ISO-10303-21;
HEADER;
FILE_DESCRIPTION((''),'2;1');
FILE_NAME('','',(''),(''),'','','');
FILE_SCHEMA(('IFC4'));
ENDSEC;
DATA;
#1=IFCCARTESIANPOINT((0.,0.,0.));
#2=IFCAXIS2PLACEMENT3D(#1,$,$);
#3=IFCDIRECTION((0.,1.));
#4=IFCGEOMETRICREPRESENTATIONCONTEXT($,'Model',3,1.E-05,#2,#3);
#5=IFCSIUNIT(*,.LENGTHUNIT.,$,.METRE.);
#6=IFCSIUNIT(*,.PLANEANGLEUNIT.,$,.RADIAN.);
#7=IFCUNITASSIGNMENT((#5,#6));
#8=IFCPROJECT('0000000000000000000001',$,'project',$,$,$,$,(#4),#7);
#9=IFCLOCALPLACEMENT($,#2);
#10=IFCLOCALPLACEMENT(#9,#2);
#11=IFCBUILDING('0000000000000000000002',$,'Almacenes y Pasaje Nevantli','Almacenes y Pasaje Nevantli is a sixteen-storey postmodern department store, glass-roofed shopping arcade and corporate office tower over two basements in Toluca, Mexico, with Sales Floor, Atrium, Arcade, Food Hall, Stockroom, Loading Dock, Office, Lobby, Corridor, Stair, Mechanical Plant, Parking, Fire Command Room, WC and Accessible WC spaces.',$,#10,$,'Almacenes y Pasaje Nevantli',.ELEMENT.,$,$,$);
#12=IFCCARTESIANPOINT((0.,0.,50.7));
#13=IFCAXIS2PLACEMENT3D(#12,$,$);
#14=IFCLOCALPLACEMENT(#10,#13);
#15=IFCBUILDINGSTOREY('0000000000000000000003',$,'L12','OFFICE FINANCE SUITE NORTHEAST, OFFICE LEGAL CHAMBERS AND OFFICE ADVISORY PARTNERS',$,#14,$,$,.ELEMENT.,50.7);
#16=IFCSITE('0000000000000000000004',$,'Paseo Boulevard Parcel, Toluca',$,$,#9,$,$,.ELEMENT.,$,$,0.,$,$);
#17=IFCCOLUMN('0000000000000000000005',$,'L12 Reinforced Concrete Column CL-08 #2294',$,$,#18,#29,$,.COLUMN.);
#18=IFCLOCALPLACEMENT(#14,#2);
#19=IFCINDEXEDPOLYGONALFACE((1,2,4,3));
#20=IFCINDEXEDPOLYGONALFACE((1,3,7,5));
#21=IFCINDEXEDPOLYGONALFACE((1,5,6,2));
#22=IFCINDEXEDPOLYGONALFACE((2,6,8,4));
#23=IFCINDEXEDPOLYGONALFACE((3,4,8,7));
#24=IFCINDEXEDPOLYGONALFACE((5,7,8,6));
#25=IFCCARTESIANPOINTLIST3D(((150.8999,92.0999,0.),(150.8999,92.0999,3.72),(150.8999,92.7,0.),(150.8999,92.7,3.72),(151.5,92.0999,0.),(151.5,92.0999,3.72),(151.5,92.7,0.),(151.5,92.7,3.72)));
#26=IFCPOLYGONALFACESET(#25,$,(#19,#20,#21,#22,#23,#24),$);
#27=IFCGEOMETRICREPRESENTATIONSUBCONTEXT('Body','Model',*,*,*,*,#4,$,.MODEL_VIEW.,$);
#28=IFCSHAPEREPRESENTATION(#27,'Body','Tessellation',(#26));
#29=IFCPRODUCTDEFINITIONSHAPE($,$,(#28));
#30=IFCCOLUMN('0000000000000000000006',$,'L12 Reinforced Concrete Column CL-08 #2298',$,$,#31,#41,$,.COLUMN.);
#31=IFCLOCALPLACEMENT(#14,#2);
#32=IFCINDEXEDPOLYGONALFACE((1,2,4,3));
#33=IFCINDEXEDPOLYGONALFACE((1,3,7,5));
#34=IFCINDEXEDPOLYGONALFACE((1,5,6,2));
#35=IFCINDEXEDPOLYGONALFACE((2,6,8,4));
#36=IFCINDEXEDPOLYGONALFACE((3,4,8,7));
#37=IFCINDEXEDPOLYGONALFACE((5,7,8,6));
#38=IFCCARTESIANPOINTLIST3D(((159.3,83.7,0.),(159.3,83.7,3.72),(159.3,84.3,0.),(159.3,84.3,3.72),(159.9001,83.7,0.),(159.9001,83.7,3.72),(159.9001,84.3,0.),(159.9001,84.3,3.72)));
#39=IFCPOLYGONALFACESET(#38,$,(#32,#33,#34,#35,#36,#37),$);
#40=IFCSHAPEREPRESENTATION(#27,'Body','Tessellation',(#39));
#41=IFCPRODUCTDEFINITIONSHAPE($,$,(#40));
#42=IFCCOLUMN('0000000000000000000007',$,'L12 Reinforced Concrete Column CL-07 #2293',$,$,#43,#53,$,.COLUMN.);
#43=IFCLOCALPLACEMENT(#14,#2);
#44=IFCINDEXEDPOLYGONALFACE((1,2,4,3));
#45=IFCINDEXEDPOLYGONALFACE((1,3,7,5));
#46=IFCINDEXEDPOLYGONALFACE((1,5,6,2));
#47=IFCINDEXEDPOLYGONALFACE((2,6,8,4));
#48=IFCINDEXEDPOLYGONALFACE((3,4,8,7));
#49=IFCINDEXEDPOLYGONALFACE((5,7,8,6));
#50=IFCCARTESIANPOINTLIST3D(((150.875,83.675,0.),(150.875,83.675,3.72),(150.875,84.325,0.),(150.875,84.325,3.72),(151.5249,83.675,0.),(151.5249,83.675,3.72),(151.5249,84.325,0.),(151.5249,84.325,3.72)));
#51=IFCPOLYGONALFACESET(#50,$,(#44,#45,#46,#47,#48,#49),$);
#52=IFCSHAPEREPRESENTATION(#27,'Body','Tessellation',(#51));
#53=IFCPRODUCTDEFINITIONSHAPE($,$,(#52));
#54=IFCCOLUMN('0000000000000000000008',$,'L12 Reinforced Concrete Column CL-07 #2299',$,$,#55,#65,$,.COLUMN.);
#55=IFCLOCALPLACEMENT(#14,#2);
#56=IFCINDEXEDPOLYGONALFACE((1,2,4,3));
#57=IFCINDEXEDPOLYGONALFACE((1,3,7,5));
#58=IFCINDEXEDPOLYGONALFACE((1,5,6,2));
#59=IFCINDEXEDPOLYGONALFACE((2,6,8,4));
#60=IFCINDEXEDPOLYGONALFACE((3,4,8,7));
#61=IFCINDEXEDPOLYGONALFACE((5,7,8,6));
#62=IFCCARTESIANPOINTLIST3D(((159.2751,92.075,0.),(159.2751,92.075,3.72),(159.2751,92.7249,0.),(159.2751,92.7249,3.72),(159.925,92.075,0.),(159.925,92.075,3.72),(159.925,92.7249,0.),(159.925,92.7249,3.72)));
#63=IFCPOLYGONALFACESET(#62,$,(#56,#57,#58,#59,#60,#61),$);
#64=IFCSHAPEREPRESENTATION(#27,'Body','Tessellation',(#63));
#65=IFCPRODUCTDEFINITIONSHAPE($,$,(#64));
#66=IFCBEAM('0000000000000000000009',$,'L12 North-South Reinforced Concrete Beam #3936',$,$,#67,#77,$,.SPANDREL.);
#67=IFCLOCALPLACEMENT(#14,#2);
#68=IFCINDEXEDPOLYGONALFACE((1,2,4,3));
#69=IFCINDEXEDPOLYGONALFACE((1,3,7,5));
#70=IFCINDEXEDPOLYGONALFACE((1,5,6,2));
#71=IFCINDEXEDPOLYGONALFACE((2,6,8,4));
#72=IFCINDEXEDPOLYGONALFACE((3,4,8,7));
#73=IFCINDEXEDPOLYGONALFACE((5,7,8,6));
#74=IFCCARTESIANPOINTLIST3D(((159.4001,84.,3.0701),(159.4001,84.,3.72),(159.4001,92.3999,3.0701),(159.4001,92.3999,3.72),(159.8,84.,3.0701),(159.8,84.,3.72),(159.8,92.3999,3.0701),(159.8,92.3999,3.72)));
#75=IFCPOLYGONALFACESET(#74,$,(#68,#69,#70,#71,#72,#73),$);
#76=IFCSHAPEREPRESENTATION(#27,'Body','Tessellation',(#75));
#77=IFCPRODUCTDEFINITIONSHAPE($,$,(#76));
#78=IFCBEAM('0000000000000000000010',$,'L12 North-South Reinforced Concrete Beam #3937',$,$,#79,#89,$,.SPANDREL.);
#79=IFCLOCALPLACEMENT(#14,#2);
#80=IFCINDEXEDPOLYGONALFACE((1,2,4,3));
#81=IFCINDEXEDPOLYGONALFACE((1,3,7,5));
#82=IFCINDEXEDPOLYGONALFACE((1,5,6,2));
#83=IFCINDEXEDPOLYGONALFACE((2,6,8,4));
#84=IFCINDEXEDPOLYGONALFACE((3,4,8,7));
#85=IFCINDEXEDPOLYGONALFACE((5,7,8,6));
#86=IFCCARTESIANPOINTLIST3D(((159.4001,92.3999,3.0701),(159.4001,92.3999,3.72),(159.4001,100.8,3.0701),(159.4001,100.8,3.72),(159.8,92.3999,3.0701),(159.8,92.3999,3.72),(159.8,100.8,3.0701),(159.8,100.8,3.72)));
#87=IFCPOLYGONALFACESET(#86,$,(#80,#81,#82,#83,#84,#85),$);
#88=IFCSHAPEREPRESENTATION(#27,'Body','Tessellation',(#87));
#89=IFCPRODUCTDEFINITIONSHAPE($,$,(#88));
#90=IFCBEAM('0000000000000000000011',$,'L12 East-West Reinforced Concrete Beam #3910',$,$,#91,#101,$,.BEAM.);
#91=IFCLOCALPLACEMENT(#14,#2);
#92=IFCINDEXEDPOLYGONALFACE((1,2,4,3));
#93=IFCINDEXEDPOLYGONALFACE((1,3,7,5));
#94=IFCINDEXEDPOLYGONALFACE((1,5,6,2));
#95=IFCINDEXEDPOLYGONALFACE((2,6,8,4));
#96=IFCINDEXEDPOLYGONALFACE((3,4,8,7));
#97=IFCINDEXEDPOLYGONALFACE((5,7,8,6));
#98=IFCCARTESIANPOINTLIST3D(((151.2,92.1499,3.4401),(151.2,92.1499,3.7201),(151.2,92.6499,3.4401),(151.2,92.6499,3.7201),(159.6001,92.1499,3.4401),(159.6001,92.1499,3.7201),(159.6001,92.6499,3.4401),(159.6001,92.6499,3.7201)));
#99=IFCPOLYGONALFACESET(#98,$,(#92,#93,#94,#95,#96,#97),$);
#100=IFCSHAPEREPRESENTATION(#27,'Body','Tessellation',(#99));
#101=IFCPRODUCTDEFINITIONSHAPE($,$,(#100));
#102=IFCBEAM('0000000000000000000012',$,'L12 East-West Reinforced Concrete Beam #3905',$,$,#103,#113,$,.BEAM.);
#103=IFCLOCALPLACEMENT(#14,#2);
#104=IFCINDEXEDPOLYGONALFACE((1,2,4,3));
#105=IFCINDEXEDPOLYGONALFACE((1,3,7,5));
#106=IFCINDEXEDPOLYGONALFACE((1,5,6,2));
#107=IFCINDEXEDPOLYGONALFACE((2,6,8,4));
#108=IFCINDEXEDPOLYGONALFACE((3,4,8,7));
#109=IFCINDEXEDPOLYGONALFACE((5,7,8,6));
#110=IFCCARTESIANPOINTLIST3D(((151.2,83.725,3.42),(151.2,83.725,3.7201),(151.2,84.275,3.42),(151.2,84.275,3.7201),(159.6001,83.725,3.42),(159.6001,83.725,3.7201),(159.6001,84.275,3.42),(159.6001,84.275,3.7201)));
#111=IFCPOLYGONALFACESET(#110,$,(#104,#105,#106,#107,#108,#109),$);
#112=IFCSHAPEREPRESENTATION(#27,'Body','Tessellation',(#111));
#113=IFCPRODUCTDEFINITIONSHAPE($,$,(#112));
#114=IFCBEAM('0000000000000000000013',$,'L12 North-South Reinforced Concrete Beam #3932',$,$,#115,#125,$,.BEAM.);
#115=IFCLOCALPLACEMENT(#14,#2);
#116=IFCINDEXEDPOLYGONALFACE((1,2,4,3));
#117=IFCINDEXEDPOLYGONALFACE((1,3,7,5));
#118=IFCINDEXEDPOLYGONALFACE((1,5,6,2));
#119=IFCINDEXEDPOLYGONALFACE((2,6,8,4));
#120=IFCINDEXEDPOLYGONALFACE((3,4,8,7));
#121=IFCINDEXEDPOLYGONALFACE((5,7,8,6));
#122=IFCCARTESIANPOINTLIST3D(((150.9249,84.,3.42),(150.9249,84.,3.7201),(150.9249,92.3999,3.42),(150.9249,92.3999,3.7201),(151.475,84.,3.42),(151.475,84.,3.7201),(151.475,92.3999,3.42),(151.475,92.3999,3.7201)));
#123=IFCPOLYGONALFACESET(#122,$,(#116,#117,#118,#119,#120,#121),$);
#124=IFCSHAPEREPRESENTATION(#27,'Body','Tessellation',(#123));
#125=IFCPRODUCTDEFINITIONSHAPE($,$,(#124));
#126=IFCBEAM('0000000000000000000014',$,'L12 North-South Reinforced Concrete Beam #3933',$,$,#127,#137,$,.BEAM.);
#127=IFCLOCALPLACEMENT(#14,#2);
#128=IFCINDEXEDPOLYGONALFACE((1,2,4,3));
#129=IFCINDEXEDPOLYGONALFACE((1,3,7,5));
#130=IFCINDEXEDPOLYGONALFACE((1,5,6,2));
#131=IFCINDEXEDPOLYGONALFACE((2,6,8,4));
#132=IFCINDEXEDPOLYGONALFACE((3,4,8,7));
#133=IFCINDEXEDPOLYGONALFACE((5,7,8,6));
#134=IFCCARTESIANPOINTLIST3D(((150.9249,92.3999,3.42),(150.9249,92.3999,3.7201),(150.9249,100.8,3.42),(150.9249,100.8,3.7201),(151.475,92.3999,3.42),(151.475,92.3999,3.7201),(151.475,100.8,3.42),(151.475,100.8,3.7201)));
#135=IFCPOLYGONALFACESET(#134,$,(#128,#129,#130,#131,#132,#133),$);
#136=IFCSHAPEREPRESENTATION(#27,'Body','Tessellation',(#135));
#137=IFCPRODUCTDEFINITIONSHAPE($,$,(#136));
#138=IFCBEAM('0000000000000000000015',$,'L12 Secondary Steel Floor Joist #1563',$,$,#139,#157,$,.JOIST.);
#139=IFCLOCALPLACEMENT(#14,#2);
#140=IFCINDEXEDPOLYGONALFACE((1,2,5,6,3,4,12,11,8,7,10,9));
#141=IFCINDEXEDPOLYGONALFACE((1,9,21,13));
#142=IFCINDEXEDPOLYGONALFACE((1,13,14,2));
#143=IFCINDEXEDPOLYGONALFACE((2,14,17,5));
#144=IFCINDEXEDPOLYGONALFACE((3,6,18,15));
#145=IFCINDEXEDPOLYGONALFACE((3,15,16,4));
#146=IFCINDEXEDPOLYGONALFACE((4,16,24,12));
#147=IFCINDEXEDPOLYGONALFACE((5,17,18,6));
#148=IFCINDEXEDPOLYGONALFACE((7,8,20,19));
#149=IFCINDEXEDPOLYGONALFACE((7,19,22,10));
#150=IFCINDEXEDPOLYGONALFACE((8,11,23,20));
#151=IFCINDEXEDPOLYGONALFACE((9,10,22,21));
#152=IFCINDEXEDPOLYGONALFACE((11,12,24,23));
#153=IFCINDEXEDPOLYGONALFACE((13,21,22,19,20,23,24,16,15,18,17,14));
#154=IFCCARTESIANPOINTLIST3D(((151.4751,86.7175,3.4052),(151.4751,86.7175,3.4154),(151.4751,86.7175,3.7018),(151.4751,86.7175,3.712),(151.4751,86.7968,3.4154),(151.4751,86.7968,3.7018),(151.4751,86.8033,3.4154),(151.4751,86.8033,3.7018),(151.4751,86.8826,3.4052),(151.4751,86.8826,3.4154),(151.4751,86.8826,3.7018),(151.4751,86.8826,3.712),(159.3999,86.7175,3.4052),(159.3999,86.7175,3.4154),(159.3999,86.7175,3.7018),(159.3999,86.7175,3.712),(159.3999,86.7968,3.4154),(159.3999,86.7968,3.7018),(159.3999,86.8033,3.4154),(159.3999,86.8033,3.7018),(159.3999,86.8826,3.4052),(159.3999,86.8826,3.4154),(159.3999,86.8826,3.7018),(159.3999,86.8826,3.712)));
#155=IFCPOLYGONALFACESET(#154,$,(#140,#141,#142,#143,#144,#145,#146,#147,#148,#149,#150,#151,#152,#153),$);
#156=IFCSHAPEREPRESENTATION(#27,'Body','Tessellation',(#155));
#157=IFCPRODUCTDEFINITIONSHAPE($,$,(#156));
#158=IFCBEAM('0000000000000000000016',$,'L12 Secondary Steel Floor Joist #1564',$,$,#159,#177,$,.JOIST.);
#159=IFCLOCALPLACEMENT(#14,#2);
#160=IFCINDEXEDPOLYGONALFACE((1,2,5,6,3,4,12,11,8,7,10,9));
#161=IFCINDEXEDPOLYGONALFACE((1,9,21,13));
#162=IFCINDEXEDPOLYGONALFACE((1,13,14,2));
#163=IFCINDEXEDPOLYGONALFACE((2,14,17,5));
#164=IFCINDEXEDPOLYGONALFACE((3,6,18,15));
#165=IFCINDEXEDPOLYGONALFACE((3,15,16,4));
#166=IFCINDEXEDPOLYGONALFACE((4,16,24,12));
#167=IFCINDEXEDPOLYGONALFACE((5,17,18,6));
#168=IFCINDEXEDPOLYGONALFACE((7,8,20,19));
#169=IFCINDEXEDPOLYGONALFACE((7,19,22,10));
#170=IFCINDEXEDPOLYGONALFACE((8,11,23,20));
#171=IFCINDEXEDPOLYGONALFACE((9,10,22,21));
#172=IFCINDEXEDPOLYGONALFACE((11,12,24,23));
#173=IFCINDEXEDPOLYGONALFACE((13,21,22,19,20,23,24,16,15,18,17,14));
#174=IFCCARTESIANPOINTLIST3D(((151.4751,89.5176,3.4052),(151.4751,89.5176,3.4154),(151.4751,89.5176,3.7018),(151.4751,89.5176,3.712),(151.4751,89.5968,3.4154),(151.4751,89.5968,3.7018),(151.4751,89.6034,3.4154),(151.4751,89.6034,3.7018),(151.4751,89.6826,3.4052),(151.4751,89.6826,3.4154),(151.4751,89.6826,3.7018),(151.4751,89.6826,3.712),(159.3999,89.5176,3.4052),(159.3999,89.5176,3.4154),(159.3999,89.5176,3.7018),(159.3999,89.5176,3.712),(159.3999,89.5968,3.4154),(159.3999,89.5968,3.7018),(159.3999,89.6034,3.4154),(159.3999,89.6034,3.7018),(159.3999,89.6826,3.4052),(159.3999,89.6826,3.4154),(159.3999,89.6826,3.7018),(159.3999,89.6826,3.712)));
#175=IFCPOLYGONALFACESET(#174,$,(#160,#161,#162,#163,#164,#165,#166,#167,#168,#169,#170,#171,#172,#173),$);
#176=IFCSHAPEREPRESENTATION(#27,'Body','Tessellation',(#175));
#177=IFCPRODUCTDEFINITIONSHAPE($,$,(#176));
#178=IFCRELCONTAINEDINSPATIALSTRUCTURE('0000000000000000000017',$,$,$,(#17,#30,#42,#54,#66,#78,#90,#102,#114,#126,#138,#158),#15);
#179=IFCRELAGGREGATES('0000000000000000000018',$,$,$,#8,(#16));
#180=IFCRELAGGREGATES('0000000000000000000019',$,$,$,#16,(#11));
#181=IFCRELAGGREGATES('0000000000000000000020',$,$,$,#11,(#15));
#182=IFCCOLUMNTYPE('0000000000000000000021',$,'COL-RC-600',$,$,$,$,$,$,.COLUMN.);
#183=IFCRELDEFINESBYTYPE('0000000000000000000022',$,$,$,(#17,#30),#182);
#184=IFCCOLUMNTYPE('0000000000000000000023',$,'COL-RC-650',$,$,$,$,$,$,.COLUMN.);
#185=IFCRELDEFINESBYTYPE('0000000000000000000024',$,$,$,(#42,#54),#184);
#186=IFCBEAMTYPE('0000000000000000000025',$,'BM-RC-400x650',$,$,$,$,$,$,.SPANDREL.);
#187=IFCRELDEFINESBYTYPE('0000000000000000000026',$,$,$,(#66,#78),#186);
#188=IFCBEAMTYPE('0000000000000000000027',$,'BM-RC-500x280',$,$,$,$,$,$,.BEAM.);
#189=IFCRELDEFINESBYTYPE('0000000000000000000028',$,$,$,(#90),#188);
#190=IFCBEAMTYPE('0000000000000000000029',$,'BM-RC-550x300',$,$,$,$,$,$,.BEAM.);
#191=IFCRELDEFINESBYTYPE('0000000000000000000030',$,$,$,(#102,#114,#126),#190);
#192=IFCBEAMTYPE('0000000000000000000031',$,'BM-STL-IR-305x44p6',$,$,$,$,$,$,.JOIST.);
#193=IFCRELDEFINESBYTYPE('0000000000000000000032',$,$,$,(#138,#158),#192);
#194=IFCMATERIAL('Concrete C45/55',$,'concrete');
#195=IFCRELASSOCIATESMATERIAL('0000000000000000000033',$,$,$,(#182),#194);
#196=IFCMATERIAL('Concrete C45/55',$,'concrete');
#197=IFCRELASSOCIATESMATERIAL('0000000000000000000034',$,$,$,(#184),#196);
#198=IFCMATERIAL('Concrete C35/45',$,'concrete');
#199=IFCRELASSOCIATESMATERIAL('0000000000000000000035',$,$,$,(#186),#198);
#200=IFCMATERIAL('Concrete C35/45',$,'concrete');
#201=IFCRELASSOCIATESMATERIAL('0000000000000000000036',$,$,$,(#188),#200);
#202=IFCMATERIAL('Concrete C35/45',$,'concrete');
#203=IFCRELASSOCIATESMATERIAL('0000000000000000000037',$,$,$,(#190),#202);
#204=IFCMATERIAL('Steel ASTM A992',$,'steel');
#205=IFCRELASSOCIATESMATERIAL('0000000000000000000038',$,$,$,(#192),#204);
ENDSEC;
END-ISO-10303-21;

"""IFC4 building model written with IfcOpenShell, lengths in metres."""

from ifc_helpers import new_model, si_unit, direction, frame, origin, origin_2d, place, context, subcontext, project, spatial, rectangle, i_section, extrude, material, material_profile, profile_set, type_object, element, save


model = new_model("IFC4")

# Units and contexts
model_context = context("Model", 3, precision=1e-05, world=origin(), true_north=direction((0.0, 1.0)))
body_context = subcontext(model_context, "Body", "Model", "MODEL_VIEW")
ifc_project = project(units=[si_unit("LENGTHUNIT", "METRE"), si_unit("PLANEANGLEUNIT", "RADIAN")], contexts=[model_context])

# Site, building, storey
site_placement = place(None, origin())
site = spatial("IfcSite", under=ifc_project, at=site_placement, Name="Paseo Boulevard Parcel, Toluca", CompositionType="ELEMENT", RefElevation=0.0)
building_placement = place(site_placement, origin())
building = spatial("IfcBuilding", under=site, at=building_placement, Name="Almacenes y Pasaje Nevantli", Description="Almacenes y Pasaje Nevantli is a sixteen-storey postmodern department store, glass-roofed shopping arcade and corporate office tower over two basements in Toluca, Mexico, with Sales Floor, Atrium, Arcade, Food Hall, Stockroom, Loading Dock, Office, Lobby, Corridor, Stair, Mechanical Plant, Parking, Fire Command Room, WC and Accessible WC spaces.", LongName="Almacenes y Pasaje Nevantli", CompositionType="ELEMENT")
storey_placement = place(building_placement, frame((0.0, 0.0, 50.7)))
storey = spatial("IfcBuildingStorey", under=building, at=storey_placement, Name="L12", Description="OFFICE FINANCE SUITE NORTHEAST, OFFICE LEGAL CHAMBERS AND OFFICE ADVISORY PARTNERS", CompositionType="ELEMENT", Elevation=50.7)

# Columns
ifc_material_1 = material(Name="Concrete C45/55", Category="concrete")
ifc_material_profile_1 = material_profile(ifc_material_1, rectangle(XDim=0.6001, YDim=0.6001, at=origin_2d()), Name="RC-COL-600x600")
ifc_profile_set_1 = profile_set([ifc_material_profile_1], Name="Concrete C45/55")
column_type_1 = type_object("IfcColumnType", Name="COL-RC-600", PredefinedType="COLUMN", material=ifc_profile_set_1)
for number, where, z_axis, x_axis, name in (
    (1, (151.2, 92.3999, 0.0), (0.0, 0.0, 1.0), (1.0, 0.0, 0.0), "L12 Reinforced Concrete Column CL-08 #2294"),
    (2, (159.6001, 84.0, 0.0), (0.0, 0.0, 1.0), (1.0, 0.0, 0.0), "L12 Reinforced Concrete Column CL-08 #2298"),
):
    element("IfcColumn", number, at=place(storey_placement, frame(where, z_axis=z_axis, x_axis=x_axis)), inside=storey, type_object=column_type_1, Name=name, PredefinedType="COLUMN", context=body_context, shape_type="SweptSolid", body=[
        extrude(rectangle(XDim=0.6001, YDim=0.6001, at=origin_2d()), origin(), (0.0, 0.0, 1.0), 3.72),
    ])
ifc_material_2 = material(Name="Concrete C45/55", Category="concrete")
ifc_material_profile_2 = material_profile(ifc_material_2, rectangle(XDim=0.6499, YDim=0.6499, at=origin_2d()), Name="RC-COL-650x650")
ifc_profile_set_2 = profile_set([ifc_material_profile_2], Name="Concrete C45/55")
column_type_2 = type_object("IfcColumnType", Name="COL-RC-650", PredefinedType="COLUMN", material=ifc_profile_set_2)
for number, where, z_axis, x_axis, name in (
    (3, (151.2, 84.0, 0.0), (0.0, 0.0, 1.0), (1.0, 0.0, 0.0), "L12 Reinforced Concrete Column CL-07 #2293"),
    (4, (159.6001, 92.3999, 0.0), (0.0, 0.0, 1.0), (1.0, 0.0, 0.0), "L12 Reinforced Concrete Column CL-07 #2299"),
):
    element("IfcColumn", number, at=place(storey_placement, frame(where, z_axis=z_axis, x_axis=x_axis)), inside=storey, type_object=column_type_2, Name=name, PredefinedType="COLUMN", context=body_context, shape_type="SweptSolid", body=[
        extrude(rectangle(XDim=0.6499, YDim=0.6499, at=origin_2d()), origin(), (0.0, 0.0, 1.0), 3.72),
    ])

# Beams
ifc_material_3 = material(Name="Concrete C35/45", Category="concrete")
ifc_material_profile_3 = material_profile(ifc_material_3, rectangle(XDim=0.3999, YDim=0.6499, at=origin_2d()), Name="RC-BM-400x650")
ifc_profile_set_3 = profile_set([ifc_material_profile_3], Name="Concrete C35/45")
beam_type_1 = type_object("IfcBeamType", Name="BM-RC-400x650", PredefinedType="SPANDREL", material=ifc_profile_set_3)
beam_1_placement = place(storey_placement, frame((159.6001, 84.0, 3.395), z_axis=(0.0, 1.0, 0.0), x_axis=(-1.0, 0.0, 0.0)))
element("IfcBeam", 5, at=beam_1_placement, inside=storey, type_object=beam_type_1, Name="L12 North-South Reinforced Concrete Beam #3936", PredefinedType="SPANDREL", context=body_context, shape_type="SweptSolid", body=[
    extrude(rectangle(XDim=0.3999, YDim=0.6499, at=origin_2d()), origin(), (0.0, 0.0, 1.0), 8.3999),
])
beam_2_placement = place(storey_placement, frame((159.6001, 92.3999, 3.395), z_axis=(0.0, 1.0, 0.0), x_axis=(-1.0, 0.0, 0.0)))
element("IfcBeam", 6, at=beam_2_placement, inside=storey, type_object=beam_type_1, Name="L12 North-South Reinforced Concrete Beam #3937", PredefinedType="SPANDREL", context=body_context, shape_type="SweptSolid", body=[
    extrude(rectangle(XDim=0.3999, YDim=0.6499, at=origin_2d()), origin(), (0.0, 0.0, 1.0), 8.4001),
])
ifc_material_4 = material(Name="Concrete C35/45", Category="concrete")
ifc_material_profile_4 = material_profile(ifc_material_4, rectangle(XDim=0.5, YDim=0.28, at=origin_2d()), Name="RC-BM-500x280")
ifc_profile_set_4 = profile_set([ifc_material_profile_4], Name="Concrete C35/45")
beam_type_2 = type_object("IfcBeamType", Name="BM-RC-500x280", PredefinedType="BEAM", material=ifc_profile_set_4)
beam_3_placement = place(storey_placement, frame((151.2, 92.3999, 3.5801), z_axis=(1.0, 0.0, 0.0), x_axis=(0.0, 1.0, 0.0)))
element("IfcBeam", 7, at=beam_3_placement, inside=storey, type_object=beam_type_2, Name="L12 East-West Reinforced Concrete Beam #3910", PredefinedType="BEAM", context=body_context, shape_type="SweptSolid", body=[
    extrude(rectangle(XDim=0.5, YDim=0.28, at=origin_2d()), origin(), (0.0, 0.0, 1.0), 8.4001),
])
ifc_material_5 = material(Name="Concrete C35/45", Category="concrete")
ifc_material_profile_5 = material_profile(ifc_material_5, rectangle(XDim=0.55, YDim=0.3, at=origin_2d()), Name="RC-BM-550x300")
ifc_profile_set_5 = profile_set([ifc_material_profile_5], Name="Concrete C35/45")
beam_type_3 = type_object("IfcBeamType", Name="BM-RC-550x300", PredefinedType="BEAM", material=ifc_profile_set_5)
beam_4_placement = place(storey_placement, frame((151.2, 84.0, 3.5701), z_axis=(1.0, 0.0, 0.0), x_axis=(0.0, 1.0, 0.0)))
element("IfcBeam", 8, at=beam_4_placement, inside=storey, type_object=beam_type_3, Name="L12 East-West Reinforced Concrete Beam #3905", PredefinedType="BEAM", context=body_context, shape_type="SweptSolid", body=[
    extrude(rectangle(XDim=0.55, YDim=0.3, at=origin_2d()), origin(), (0.0, 0.0, 1.0), 8.4001),
])
beam_5_placement = place(storey_placement, frame((151.2, 84.0, 3.5701), z_axis=(0.0, 1.0, 0.0), x_axis=(-1.0, 0.0, 0.0)))
element("IfcBeam", 9, at=beam_5_placement, inside=storey, type_object=beam_type_3, Name="L12 North-South Reinforced Concrete Beam #3932", PredefinedType="BEAM", context=body_context, shape_type="SweptSolid", body=[
    extrude(rectangle(XDim=0.55, YDim=0.3, at=origin_2d()), origin(), (0.0, 0.0, 1.0), 8.3999),
])
beam_6_placement = place(storey_placement, frame((151.2, 92.3999, 3.5701), z_axis=(0.0, 1.0, 0.0), x_axis=(-1.0, 0.0, 0.0)))
element("IfcBeam", 10, at=beam_6_placement, inside=storey, type_object=beam_type_3, Name="L12 North-South Reinforced Concrete Beam #3933", PredefinedType="BEAM", context=body_context, shape_type="SweptSolid", body=[
    extrude(rectangle(XDim=0.55, YDim=0.3, at=origin_2d()), origin(), (0.0, 0.0, 1.0), 8.4001),
])
ifc_material_6 = material(Name="Steel ASTM A992", Category="steel")
ifc_material_profile_6 = material_profile(ifc_material_6, i_section(OverallWidth=0.165, OverallDepth=0.3069, WebThickness=0.0066, FlangeThickness=0.0103, at=origin_2d()), Name="IR 305x44.6")
ifc_profile_set_6 = profile_set([ifc_material_profile_6], Name="Steel ASTM A992")
beam_type_4 = type_object("IfcBeamType", Name="BM-STL-IR-305x44p6", PredefinedType="JOIST", material=ifc_profile_set_6)
for number, where, z_axis, x_axis, name in (
    (11, (151.4751, 86.8, 3.5586), (1.0, 0.0, 0.0), (0.0, 1.0, 0.0), "L12 Secondary Steel Floor Joist #1563"),
    (12, (151.4751, 89.6001, 3.5586), (1.0, 0.0, 0.0), (0.0, 1.0, 0.0), "L12 Secondary Steel Floor Joist #1564"),
):
    element("IfcBeam", number, at=place(storey_placement, frame(where, z_axis=z_axis, x_axis=x_axis)), inside=storey, type_object=beam_type_4, Name=name, PredefinedType="JOIST", context=body_context, shape_type="SweptSolid", body=[
        extrude(i_section(OverallWidth=0.165, OverallDepth=0.3069, WebThickness=0.0066, FlangeThickness=0.0103, at=origin_2d()), origin(), (0.0, 0.0, 1.0), 7.9248),
    ])

save(model, "model.ifc")
